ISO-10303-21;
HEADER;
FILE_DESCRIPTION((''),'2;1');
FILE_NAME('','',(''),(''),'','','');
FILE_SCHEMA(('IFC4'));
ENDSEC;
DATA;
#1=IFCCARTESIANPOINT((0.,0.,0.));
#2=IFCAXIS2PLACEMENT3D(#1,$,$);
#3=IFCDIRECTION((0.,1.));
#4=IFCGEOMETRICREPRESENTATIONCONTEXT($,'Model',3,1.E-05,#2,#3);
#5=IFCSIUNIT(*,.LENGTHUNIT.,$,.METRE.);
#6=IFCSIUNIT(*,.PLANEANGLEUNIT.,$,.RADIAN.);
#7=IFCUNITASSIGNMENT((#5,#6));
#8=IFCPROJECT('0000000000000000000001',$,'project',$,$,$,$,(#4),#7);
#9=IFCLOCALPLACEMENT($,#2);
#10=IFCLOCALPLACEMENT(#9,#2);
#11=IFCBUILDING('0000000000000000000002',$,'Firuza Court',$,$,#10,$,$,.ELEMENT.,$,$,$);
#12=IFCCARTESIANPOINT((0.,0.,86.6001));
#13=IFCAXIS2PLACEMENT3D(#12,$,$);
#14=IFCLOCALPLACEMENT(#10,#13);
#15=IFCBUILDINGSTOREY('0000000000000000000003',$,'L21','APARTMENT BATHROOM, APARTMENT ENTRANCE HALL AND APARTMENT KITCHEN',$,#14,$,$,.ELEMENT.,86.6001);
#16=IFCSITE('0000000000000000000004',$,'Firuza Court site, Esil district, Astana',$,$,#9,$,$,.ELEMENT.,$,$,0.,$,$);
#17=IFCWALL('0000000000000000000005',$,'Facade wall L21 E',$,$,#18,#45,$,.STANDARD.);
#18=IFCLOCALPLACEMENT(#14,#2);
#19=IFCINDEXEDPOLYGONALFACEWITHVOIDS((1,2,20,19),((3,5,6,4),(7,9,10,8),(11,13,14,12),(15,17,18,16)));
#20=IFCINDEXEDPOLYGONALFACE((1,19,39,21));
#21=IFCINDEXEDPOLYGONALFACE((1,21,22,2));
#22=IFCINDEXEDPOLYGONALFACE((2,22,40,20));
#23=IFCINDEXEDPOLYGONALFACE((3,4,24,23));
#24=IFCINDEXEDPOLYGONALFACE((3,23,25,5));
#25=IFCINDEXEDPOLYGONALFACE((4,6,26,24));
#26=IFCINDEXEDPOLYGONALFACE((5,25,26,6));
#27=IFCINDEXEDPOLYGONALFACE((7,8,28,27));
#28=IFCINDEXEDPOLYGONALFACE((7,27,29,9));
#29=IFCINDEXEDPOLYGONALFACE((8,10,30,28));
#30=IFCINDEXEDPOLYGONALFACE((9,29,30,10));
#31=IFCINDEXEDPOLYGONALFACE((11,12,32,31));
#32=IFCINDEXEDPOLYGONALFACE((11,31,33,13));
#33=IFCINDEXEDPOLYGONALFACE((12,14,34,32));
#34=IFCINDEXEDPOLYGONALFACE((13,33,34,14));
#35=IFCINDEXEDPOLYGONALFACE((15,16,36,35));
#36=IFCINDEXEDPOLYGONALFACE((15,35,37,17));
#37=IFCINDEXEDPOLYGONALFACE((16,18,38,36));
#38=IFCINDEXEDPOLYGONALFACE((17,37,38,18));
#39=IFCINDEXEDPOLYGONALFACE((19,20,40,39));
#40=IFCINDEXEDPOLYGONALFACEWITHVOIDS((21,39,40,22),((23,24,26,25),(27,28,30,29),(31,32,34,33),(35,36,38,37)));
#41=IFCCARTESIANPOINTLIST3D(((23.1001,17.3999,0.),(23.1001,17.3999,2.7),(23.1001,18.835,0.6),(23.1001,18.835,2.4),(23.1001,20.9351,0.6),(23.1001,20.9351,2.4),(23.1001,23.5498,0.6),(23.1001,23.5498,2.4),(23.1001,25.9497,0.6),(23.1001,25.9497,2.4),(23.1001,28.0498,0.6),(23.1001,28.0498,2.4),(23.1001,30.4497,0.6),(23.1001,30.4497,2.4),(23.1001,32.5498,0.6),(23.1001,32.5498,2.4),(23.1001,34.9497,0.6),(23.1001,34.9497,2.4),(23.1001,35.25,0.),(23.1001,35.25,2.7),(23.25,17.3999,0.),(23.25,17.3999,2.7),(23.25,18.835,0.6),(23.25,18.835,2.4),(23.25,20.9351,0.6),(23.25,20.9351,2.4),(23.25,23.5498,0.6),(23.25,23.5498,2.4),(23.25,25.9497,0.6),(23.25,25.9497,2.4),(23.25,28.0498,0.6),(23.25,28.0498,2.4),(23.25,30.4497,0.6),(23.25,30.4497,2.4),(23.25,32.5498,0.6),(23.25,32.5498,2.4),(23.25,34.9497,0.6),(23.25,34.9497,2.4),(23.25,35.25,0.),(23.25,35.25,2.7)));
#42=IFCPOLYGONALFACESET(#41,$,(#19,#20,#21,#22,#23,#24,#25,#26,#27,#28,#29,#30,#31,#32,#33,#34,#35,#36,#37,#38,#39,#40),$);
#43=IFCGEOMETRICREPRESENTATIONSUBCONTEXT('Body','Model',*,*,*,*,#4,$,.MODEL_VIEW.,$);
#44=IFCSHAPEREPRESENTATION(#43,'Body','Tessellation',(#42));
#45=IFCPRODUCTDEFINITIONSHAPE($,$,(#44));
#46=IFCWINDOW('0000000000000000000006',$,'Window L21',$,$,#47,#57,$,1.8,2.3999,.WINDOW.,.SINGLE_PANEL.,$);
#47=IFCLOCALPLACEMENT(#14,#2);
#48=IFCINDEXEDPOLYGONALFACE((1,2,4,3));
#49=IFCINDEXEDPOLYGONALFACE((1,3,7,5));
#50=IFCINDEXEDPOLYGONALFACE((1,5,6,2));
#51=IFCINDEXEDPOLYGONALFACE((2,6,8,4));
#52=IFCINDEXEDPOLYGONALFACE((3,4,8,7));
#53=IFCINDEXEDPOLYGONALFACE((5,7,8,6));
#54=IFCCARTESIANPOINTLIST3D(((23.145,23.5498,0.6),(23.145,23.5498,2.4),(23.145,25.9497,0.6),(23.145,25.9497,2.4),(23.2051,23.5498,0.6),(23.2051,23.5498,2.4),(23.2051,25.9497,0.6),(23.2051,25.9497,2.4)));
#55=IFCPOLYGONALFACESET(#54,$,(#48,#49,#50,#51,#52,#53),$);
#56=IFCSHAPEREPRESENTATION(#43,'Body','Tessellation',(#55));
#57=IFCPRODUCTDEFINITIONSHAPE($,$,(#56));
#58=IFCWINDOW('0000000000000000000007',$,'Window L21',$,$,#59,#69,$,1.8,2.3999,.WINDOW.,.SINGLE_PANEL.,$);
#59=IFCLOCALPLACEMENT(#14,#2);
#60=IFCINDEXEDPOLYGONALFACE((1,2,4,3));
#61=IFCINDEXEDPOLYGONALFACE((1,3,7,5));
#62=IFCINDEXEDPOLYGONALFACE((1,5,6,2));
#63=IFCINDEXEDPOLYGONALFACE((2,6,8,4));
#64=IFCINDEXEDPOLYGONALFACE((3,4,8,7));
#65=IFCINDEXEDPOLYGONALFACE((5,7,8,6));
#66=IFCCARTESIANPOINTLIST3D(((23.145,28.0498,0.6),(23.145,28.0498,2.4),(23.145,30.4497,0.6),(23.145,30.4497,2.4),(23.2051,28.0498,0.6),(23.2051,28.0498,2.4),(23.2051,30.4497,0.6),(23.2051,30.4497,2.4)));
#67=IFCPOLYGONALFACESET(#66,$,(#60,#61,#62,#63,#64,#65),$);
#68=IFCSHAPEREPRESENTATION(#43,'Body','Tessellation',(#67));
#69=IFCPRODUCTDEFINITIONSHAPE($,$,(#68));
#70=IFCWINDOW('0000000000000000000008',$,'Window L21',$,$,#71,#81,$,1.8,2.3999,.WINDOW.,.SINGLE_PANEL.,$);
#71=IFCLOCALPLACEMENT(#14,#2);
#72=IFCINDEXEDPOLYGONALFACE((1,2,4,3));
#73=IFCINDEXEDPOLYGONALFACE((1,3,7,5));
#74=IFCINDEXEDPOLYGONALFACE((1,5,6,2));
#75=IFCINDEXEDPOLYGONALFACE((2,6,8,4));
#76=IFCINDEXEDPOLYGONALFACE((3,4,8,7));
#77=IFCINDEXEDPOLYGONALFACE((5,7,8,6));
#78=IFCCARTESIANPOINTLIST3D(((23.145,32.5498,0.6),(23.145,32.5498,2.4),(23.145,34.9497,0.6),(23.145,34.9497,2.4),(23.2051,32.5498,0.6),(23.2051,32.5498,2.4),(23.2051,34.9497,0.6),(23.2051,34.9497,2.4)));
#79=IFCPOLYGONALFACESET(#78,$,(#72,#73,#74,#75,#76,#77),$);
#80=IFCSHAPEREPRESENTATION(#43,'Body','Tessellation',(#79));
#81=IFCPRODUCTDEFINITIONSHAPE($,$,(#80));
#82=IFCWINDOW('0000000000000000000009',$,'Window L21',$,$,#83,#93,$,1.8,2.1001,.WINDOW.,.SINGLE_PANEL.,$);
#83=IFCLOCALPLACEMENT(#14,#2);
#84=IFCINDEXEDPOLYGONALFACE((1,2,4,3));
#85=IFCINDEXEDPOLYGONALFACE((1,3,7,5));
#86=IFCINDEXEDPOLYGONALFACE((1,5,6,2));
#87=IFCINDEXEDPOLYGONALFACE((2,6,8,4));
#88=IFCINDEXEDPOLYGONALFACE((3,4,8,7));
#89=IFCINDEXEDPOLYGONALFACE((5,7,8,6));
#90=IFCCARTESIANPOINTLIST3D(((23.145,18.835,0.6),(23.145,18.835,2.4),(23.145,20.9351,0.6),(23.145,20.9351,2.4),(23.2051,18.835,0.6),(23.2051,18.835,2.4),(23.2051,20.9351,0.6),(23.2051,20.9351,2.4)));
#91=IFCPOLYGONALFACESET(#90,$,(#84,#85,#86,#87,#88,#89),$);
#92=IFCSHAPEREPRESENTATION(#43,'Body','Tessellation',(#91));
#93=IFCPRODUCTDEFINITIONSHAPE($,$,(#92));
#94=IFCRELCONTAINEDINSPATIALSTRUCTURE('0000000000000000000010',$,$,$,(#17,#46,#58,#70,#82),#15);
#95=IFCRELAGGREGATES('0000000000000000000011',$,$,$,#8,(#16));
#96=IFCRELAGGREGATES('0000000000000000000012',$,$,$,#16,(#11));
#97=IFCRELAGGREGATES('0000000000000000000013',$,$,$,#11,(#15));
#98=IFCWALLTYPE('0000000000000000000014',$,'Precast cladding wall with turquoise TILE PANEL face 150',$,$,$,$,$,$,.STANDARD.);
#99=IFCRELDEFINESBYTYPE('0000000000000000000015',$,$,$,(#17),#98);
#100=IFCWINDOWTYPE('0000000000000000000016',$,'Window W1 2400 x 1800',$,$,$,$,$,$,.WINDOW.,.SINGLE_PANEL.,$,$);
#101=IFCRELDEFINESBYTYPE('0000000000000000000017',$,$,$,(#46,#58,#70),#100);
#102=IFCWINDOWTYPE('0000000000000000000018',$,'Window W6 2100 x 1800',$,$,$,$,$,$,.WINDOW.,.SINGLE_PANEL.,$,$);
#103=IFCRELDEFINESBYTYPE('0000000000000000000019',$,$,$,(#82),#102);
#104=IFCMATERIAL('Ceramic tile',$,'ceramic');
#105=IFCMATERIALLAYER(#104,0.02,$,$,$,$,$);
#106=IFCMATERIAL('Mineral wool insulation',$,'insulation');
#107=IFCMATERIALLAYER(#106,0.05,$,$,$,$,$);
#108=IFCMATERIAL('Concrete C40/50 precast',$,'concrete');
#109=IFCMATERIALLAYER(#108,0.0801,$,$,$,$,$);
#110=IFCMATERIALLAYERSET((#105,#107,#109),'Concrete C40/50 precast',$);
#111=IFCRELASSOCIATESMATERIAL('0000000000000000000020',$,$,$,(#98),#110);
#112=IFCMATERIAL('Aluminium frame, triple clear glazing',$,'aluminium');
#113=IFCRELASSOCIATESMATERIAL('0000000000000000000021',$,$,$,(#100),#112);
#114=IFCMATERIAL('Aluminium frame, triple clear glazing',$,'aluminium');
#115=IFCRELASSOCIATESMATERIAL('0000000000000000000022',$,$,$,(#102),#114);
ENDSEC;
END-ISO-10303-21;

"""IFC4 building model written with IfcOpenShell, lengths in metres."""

from ifc_helpers import new_model, si_unit, direction, frame, frame_2d, origin, place, context, subcontext, project, spatial, rectangle, extrude, material, layer, layer_set, type_object, element, fill, save


model = new_model("IFC4")

# Units and contexts
model_context = context("Model", 3, precision=1e-05, world=origin(), true_north=direction((0.0, 1.0)))
body_context = subcontext(model_context, "Body", "Model", "MODEL_VIEW")
ifc_project = project(units=[si_unit("LENGTHUNIT", "METRE"), si_unit("PLANEANGLEUNIT", "RADIAN")], contexts=[model_context])

# Site, building, storey
site_placement = place(None, origin())
site = spatial("IfcSite", under=ifc_project, at=site_placement, Name="Firuza Court site, Esil district, Astana", CompositionType="ELEMENT", RefElevation=0.0)
building_placement = place(site_placement, origin())
building = spatial("IfcBuilding", under=site, at=building_placement, Name="Firuza Court", CompositionType="ELEMENT")
storey_placement = place(building_placement, frame((0.0, 0.0, 86.6001)))
storey = spatial("IfcBuildingStorey", under=building, at=storey_placement, Name="L21", Description="APARTMENT BATHROOM, APARTMENT ENTRANCE HALL AND APARTMENT KITCHEN", CompositionType="ELEMENT", Elevation=86.6001)

# Shared definitions
ifc_material_1 = material(Name="Ceramic tile", Category="ceramic")
ifc_layer_1 = layer(ifc_material_1, 0.02)
ifc_material_2 = material(Name="Mineral wool insulation", Category="insulation")
ifc_layer_2 = layer(ifc_material_2, 0.05)
ifc_material_3 = material(Name="Concrete C40/50 precast", Category="concrete")
ifc_layer_3 = layer(ifc_material_3, 0.0801)
ifc_layer_set_1 = layer_set([ifc_layer_1, ifc_layer_2, ifc_layer_3], Name="Concrete C40/50 precast")
wall_type_1 = type_object("IfcWallType", Name="Precast cladding wall with turquoise TILE PANEL face 150", PredefinedType="STANDARD", material=ifc_layer_set_1)
ifc_material_4 = material(Name="Aluminium frame, triple clear glazing", Category="aluminium")
window_type_1 = type_object("IfcWindowType", Name="Window W1 2400 x 1800", PartitioningType="SINGLE_PANEL", PredefinedType="WINDOW", material=ifc_material_4)

# Wall, openings, windows
wall_1_placement = place(storey_placement, frame((23.175, 17.3999, 0.0), z_axis=(0.0, 0.0, 1.0), x_axis=(0.0, 1.0, 0.0)))
wall_1 = element("IfcWall", 1, at=wall_1_placement, inside=storey, type_object=wall_type_1, Name="Facade wall L21 E", PredefinedType="STANDARD", context=body_context, shape_type="SweptSolid", body=[
    extrude(rectangle(XDim=17.8501, YDim=0.1499, at=frame_2d((8.925, 0.0))), origin(), (0.0, 0.0, 1.0), 2.7),
])
opening_1_placement = place(wall_1_placement, frame((1.4351, 0.0, 0.6001)))
opening_1 = element("IfcOpeningElement", 2, at=opening_1_placement, cuts=wall_1, PredefinedType="OPENING", context=body_context, shape_type="SweptSolid", body=[
    extrude(rectangle(XDim=2.1001, YDim=1.8, at=frame_2d((1.05, 0.8999))), frame((0.0, 0.0869, 0.0), z_axis=(0.0, -1.0, 0.0), x_axis=(1.0, 0.0, 0.0)), (0.0, 0.0, 1.0), 0.1738),
])
opening_2_placement = place(wall_1_placement, frame((6.1499, 0.0, 0.6001)))
opening_2 = element("IfcOpeningElement", 3, at=opening_2_placement, cuts=wall_1, PredefinedType="OPENING", context=body_context, shape_type="SweptSolid", body=[
    extrude(rectangle(XDim=2.3999, YDim=1.8, at=frame_2d((1.2, 0.8999))), frame((0.0, 0.0869, 0.0), z_axis=(0.0, -1.0, 0.0), x_axis=(1.0, 0.0, 0.0)), (0.0, 0.0, 1.0), 0.1738),
])
opening_3_placement = place(wall_1_placement, frame((10.6499, 0.0, 0.6001)))
opening_3 = element("IfcOpeningElement", 4, at=opening_3_placement, cuts=wall_1, PredefinedType="OPENING", context=body_context, shape_type="SweptSolid", body=[
    extrude(rectangle(XDim=2.3999, YDim=1.8, at=frame_2d((1.2, 0.8999))), frame((0.0, 0.0869, 0.0), z_axis=(0.0, -1.0, 0.0), x_axis=(1.0, 0.0, 0.0)), (0.0, 0.0, 1.0), 0.1738),
])
opening_4_placement = place(wall_1_placement, frame((15.1499, 0.0, 0.6001)))
opening_4 = element("IfcOpeningElement", 5, at=opening_4_placement, cuts=wall_1, PredefinedType="OPENING", context=body_context, shape_type="SweptSolid", body=[
    extrude(rectangle(XDim=2.3999, YDim=1.8, at=frame_2d((1.2, 0.8999))), frame((0.0, 0.0869, 0.0), z_axis=(0.0, -1.0, 0.0), x_axis=(1.0, 0.0, 0.0)), (0.0, 0.0, 1.0), 0.1738),
])
window_1_placement = place(opening_2_placement, origin())
window_1 = element("IfcWindow", 6, at=window_1_placement, inside=storey, type_object=window_type_1, Name="Window L21", OverallHeight=1.8, OverallWidth=2.3999, PartitioningType="SINGLE_PANEL", PredefinedType="WINDOW", context=body_context, shape_type="SweptSolid", body=[
    extrude(rectangle(XDim=2.3999, YDim=1.8, at=frame_2d((1.2, 0.8999))), frame((0.0, 0.03, 0.0), z_axis=(0.0, -1.0, 0.0), x_axis=(1.0, 0.0, 0.0)), (0.0, 0.0, 1.0), 0.0601),
])
fill(opening_2, window_1)
window_2_placement = place(opening_3_placement, origin())
window_2 = element("IfcWindow", 7, at=window_2_placement, inside=storey, type_object=window_type_1, Name="Window L21", OverallHeight=1.8, OverallWidth=2.3999, PartitioningType="SINGLE_PANEL", PredefinedType="WINDOW", context=body_context, shape_type="SweptSolid", body=[
    extrude(rectangle(XDim=2.3999, YDim=1.8, at=frame_2d((1.2, 0.8999))), frame((0.0, 0.03, 0.0), z_axis=(0.0, -1.0, 0.0), x_axis=(1.0, 0.0, 0.0)), (0.0, 0.0, 1.0), 0.0601),
])
fill(opening_3, window_2)
window_3_placement = place(opening_4_placement, origin())
window_3 = element("IfcWindow", 8, at=window_3_placement, inside=storey, type_object=window_type_1, Name="Window L21", OverallHeight=1.8, OverallWidth=2.3999, PartitioningType="SINGLE_PANEL", PredefinedType="WINDOW", context=body_context, shape_type="SweptSolid", body=[
    extrude(rectangle(XDim=2.3999, YDim=1.8, at=frame_2d((1.2, 0.8999))), frame((0.0, 0.03, 0.0), z_axis=(0.0, -1.0, 0.0), x_axis=(1.0, 0.0, 0.0)), (0.0, 0.0, 1.0), 0.0601),
])
fill(opening_4, window_3)
ifc_material_5 = material(Name="Aluminium frame, triple clear glazing", Category="aluminium")
window_type_2 = type_object("IfcWindowType", Name="Window W6 2100 x 1800", PartitioningType="SINGLE_PANEL", PredefinedType="WINDOW", material=ifc_material_5)
window_4_placement = place(opening_1_placement, origin())
window_4 = element("IfcWindow", 9, at=window_4_placement, inside=storey, type_object=window_type_2, Name="Window L21", OverallHeight=1.8, OverallWidth=2.1001, PartitioningType="SINGLE_PANEL", PredefinedType="WINDOW", context=body_context, shape_type="SweptSolid", body=[
    extrude(rectangle(XDim=2.1001, YDim=1.8, at=frame_2d((1.05, 0.8999))), frame((0.0, 0.03, 0.0), z_axis=(0.0, -1.0, 0.0), x_axis=(1.0, 0.0, 0.0)), (0.0, 0.0, 1.0), 0.0601),
])
fill(opening_1, window_4)

save(model, "model.ifc")
